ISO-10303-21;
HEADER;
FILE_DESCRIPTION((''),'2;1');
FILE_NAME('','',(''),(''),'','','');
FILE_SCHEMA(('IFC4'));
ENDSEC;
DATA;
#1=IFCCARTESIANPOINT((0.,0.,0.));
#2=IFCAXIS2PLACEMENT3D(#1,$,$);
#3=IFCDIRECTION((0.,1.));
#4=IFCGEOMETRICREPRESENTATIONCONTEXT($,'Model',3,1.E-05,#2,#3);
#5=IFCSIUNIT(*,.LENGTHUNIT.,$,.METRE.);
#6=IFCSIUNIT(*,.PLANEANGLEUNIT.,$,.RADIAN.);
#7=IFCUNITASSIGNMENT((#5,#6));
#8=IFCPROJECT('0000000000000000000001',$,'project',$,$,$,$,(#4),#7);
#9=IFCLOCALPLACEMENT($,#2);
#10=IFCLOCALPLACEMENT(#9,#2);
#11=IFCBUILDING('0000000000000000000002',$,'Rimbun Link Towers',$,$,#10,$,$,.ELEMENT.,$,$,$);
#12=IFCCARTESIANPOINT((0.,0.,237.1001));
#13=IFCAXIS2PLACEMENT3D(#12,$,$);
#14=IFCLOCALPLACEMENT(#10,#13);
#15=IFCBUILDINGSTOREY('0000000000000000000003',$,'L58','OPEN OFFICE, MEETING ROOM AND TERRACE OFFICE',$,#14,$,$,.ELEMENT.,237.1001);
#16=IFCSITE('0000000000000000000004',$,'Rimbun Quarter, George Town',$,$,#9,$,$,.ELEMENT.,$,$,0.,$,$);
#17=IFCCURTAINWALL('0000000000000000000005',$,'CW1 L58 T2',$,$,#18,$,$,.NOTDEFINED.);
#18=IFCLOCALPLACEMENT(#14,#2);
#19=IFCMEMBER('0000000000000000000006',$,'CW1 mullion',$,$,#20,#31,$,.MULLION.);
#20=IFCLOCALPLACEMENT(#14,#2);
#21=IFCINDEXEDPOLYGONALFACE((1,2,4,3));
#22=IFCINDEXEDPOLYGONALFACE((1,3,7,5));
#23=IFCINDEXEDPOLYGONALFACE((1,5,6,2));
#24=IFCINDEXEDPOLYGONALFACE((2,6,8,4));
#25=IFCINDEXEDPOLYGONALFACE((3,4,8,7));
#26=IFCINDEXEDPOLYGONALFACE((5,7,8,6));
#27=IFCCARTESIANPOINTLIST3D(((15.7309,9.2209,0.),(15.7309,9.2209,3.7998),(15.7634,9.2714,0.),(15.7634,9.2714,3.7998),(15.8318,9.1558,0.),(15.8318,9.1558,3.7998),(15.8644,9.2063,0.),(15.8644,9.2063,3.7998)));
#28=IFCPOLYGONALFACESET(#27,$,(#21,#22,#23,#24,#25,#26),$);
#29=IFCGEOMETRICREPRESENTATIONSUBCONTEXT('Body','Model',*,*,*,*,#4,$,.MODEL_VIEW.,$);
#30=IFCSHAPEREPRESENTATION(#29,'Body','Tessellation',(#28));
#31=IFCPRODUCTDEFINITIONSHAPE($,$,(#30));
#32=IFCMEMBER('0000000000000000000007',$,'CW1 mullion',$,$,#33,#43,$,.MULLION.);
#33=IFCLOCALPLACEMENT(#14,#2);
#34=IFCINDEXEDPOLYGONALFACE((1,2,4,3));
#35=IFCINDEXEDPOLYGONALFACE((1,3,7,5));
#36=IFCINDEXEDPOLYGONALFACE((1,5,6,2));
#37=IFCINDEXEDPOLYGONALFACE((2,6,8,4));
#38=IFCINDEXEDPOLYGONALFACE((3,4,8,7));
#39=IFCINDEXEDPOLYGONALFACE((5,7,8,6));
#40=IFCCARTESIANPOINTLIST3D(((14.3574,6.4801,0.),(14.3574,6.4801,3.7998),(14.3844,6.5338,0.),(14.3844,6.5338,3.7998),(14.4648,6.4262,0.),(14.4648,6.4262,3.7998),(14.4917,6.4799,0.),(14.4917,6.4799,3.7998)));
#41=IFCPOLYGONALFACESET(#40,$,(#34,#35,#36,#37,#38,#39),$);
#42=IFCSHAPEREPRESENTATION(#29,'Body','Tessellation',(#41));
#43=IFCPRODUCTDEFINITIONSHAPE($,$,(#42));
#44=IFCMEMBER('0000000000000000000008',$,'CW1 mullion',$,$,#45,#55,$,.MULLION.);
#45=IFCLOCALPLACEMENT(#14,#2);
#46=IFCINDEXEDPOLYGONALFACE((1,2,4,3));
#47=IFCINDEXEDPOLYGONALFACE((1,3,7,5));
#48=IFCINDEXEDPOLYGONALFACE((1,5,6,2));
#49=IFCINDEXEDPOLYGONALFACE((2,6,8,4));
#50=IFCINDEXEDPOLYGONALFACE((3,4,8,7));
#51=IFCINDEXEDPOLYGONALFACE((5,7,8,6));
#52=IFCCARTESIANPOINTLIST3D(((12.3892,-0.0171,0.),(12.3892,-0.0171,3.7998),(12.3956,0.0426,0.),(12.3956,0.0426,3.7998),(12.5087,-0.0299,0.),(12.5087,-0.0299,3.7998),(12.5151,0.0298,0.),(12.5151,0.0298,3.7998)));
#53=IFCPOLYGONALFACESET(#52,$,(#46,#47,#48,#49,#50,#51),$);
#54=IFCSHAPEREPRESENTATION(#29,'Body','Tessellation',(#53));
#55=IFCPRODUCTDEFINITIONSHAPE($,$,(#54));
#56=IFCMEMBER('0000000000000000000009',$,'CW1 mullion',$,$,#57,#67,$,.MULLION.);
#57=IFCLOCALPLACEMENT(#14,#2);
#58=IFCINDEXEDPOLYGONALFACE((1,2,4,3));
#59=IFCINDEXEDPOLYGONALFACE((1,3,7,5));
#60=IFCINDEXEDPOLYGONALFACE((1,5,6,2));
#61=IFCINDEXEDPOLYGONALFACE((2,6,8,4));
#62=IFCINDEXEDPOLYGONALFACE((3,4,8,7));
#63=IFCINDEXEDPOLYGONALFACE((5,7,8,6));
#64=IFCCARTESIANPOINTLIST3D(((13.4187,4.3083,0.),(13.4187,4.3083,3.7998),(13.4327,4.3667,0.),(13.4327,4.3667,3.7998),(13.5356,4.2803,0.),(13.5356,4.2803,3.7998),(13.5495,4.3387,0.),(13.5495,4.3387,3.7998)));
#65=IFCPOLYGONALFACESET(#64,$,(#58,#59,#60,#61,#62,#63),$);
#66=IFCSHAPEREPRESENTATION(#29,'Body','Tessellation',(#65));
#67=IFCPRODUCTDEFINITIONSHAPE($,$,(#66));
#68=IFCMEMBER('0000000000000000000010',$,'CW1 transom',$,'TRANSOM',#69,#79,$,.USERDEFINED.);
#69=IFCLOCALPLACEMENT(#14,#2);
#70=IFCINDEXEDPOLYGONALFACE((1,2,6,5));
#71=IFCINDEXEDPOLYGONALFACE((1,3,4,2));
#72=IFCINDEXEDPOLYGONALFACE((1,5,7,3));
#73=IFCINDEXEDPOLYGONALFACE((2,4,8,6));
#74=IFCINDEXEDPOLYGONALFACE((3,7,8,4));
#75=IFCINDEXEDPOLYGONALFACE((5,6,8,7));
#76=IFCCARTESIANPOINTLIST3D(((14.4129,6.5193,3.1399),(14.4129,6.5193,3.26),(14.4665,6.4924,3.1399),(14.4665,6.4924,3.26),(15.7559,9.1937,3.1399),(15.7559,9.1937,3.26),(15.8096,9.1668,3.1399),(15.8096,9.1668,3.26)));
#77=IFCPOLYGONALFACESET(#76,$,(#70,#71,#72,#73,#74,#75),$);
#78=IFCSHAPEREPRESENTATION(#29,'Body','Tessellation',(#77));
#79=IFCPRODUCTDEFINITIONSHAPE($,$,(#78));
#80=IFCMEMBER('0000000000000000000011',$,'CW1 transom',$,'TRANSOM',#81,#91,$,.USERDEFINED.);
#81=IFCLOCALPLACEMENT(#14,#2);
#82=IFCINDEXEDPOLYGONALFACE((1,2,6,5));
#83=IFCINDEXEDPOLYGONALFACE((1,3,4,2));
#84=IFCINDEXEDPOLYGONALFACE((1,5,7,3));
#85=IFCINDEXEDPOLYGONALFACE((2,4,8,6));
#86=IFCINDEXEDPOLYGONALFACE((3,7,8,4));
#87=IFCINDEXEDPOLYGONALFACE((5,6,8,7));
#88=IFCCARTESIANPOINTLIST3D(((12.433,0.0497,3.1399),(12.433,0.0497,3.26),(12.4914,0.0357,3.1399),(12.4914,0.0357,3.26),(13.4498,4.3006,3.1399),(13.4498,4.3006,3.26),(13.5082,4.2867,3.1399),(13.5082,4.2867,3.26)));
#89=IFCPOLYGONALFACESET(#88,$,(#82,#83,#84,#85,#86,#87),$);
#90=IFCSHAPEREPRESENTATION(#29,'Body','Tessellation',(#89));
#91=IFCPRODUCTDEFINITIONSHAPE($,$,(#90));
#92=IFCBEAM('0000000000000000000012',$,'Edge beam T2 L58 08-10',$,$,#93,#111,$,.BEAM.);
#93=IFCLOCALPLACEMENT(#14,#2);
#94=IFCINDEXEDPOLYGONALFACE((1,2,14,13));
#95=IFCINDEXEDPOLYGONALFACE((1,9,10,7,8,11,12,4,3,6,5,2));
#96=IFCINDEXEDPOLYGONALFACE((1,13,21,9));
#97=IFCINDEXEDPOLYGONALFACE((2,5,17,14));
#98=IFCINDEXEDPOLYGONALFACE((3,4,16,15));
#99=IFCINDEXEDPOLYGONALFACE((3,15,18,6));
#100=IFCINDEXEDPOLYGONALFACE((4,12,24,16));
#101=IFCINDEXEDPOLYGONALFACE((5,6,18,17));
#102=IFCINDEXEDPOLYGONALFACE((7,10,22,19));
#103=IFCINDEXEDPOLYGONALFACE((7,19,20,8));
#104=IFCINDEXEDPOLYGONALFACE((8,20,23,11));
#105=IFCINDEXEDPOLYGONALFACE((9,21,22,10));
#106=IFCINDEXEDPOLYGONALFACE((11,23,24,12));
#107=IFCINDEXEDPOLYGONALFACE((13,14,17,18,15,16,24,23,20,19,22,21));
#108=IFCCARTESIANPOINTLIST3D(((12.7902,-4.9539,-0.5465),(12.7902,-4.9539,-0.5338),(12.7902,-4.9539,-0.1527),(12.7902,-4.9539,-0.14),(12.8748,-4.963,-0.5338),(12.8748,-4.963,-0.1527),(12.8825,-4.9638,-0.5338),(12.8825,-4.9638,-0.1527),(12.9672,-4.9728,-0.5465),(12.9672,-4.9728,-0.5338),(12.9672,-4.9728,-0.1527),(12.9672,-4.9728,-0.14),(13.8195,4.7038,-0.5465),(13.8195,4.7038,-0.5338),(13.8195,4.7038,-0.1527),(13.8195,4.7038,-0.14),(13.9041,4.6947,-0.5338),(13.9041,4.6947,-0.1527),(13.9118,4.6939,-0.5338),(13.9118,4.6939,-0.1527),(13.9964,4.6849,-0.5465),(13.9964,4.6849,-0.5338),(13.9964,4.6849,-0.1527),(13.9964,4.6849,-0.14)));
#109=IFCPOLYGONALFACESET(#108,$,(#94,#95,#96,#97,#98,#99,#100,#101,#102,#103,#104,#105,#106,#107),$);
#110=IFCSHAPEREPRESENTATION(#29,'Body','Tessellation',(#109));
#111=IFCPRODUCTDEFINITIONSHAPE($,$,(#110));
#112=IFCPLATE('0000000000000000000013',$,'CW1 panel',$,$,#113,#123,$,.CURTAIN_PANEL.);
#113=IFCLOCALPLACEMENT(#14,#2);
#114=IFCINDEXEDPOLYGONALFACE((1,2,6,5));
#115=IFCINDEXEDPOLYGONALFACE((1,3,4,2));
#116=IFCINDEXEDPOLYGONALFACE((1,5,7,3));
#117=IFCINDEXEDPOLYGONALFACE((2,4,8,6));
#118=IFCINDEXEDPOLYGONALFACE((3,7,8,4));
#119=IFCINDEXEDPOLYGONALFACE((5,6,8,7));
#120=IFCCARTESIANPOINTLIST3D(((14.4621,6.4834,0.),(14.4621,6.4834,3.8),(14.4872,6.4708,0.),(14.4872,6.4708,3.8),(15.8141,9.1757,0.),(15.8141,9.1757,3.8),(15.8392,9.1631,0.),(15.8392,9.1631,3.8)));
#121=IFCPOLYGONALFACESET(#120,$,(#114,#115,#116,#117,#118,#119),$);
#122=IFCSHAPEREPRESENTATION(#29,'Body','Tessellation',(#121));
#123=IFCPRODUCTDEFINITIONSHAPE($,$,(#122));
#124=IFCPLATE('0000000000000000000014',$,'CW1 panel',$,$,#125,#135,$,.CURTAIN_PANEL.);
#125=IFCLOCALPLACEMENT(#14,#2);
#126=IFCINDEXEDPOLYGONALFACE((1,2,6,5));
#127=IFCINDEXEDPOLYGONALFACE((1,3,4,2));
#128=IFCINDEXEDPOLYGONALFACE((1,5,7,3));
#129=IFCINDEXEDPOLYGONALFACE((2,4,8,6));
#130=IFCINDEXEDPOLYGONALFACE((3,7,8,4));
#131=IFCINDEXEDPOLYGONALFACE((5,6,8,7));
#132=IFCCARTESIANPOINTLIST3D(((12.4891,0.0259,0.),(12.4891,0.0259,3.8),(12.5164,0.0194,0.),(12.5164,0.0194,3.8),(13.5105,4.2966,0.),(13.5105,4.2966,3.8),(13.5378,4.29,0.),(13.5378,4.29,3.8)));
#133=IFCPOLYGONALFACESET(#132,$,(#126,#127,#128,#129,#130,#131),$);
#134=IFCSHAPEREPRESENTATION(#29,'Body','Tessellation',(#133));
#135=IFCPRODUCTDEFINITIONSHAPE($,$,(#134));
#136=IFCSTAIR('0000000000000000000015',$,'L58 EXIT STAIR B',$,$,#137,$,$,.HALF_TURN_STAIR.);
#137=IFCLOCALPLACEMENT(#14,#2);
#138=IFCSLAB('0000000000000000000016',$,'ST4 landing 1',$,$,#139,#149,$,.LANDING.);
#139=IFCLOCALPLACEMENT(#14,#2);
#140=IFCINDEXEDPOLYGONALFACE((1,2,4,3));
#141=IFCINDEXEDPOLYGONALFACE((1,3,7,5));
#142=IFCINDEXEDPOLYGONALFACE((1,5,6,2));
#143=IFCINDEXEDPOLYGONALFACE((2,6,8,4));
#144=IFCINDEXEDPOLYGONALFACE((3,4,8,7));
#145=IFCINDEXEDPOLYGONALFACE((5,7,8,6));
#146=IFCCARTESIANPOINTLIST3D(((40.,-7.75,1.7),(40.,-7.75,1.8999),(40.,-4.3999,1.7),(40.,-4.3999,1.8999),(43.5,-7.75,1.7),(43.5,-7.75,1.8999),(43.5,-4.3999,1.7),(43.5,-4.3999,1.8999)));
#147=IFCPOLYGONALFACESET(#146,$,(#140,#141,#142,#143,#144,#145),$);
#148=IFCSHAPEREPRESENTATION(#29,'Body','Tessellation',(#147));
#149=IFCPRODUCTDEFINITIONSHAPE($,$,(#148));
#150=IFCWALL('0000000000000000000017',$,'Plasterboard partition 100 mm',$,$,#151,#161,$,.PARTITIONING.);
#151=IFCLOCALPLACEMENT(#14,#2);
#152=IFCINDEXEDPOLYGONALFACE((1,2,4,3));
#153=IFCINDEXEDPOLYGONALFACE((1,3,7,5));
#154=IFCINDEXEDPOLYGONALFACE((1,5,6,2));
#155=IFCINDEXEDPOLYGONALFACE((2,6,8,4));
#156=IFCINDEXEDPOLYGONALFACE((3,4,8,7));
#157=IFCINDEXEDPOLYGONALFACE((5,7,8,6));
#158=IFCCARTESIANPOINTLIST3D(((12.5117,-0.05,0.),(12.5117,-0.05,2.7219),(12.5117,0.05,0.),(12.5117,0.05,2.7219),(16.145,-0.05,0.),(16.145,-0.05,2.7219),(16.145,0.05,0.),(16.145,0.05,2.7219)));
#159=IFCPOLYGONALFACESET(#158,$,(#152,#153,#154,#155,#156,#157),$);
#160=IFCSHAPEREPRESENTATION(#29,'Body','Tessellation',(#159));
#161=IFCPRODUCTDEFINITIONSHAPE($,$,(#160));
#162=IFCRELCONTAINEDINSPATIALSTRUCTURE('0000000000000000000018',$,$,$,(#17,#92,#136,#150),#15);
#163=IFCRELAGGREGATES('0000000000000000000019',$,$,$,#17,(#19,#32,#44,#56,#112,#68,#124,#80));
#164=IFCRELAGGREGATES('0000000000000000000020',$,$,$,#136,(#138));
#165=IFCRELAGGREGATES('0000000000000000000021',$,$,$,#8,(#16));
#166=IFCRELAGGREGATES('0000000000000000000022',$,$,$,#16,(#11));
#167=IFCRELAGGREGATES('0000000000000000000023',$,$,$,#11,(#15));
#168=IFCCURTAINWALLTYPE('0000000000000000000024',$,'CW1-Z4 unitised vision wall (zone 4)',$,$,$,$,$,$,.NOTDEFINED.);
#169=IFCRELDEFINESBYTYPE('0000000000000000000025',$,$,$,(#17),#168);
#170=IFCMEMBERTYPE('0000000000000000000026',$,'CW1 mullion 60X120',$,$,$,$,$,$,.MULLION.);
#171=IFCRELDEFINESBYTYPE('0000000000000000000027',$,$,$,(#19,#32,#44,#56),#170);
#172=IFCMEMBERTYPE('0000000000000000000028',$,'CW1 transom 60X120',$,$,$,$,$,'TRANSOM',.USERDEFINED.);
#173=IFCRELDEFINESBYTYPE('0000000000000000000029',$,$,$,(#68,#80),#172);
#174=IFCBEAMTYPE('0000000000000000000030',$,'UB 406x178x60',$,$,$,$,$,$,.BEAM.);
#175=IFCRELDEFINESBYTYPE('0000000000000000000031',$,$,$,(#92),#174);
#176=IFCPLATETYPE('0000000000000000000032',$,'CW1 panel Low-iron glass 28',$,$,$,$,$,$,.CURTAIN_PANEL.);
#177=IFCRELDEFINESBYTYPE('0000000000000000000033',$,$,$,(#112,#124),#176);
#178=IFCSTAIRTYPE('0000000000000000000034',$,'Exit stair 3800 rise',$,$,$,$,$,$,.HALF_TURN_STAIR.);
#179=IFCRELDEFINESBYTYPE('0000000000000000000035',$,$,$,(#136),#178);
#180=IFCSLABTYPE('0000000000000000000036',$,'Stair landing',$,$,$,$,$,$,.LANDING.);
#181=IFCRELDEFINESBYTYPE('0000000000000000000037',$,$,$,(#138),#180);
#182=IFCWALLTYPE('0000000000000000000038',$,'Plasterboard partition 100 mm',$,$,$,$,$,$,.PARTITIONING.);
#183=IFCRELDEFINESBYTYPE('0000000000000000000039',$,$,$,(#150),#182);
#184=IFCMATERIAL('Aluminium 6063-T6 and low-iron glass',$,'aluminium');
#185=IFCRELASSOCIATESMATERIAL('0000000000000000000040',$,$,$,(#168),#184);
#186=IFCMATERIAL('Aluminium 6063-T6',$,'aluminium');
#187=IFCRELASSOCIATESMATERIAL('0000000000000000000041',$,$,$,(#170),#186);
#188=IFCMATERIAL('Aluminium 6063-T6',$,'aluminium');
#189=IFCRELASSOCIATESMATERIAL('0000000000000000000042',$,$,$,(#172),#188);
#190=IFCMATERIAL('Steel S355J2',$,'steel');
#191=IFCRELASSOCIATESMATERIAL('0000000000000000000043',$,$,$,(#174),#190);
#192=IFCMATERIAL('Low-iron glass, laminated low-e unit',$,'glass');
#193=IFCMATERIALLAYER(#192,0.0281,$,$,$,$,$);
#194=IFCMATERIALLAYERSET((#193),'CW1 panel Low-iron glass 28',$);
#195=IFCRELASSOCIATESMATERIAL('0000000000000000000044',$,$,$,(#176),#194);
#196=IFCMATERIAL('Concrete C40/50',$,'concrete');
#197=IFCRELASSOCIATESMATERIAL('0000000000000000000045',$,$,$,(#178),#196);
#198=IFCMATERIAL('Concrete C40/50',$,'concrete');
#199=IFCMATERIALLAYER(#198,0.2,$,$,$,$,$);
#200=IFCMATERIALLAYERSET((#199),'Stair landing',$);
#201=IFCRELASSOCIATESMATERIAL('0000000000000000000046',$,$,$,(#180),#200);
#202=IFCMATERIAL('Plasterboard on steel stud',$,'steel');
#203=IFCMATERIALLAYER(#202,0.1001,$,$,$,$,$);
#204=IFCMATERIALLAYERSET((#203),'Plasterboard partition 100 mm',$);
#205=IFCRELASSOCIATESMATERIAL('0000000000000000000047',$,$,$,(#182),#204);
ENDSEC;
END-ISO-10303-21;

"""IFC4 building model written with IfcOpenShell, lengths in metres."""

from ifc_helpers import new_model, si_unit, direction, frame, frame_2d, origin, origin_2d, place, context, subcontext, project, spatial, polyline, rectangle, i_section, outline, extrude, material, layer, layer_set, material_profile, profile_set, type_object, element, aggregate, save


model = new_model("IFC4")

# Units and contexts
model_context = context("Model", 3, precision=1e-05, world=origin(), true_north=direction((0.0, 1.0)))
body_context = subcontext(model_context, "Body", "Model", "MODEL_VIEW")
ifc_project = project(units=[si_unit("LENGTHUNIT", "METRE"), si_unit("PLANEANGLEUNIT", "RADIAN")], contexts=[model_context])

# Site, building, storey
site_placement = place(None, origin())
site = spatial("IfcSite", under=ifc_project, at=site_placement, Name="Rimbun Quarter, George Town", CompositionType="ELEMENT", RefElevation=0.0)
building_placement = place(site_placement, origin())
building = spatial("IfcBuilding", under=site, at=building_placement, Name="Rimbun Link Towers", CompositionType="ELEMENT")
storey_placement = place(building_placement, frame((0.0, 0.0, 237.1001)))
storey = spatial("IfcBuildingStorey", under=building, at=storey_placement, Name="L58", Description="OPEN OFFICE, MEETING ROOM AND TERRACE OFFICE", CompositionType="ELEMENT", Elevation=237.1001)

# Curtain wall, members
ifc_material_1 = material(Name="Aluminium 6063-T6 and low-iron glass", Category="aluminium")
curtain_wall_type = type_object("IfcCurtainWallType", Name="CW1-Z4 unitised vision wall (zone 4)", PredefinedType="NOTDEFINED", material=ifc_material_1)
curtain_wall_placement = place(storey_placement, origin())
curtain_wall = element("IfcCurtainWall", 1, at=curtain_wall_placement, inside=storey, type_object=curtain_wall_type, Name="CW1 L58 T2", PredefinedType="NOTDEFINED")
ifc_material_2 = material(Name="Aluminium 6063-T6", Category="aluminium")
ifc_material_profile_1 = material_profile(ifc_material_2, rectangle(XDim=0.1201, YDim=0.0601, at=origin_2d()), Name="MULLION 60X120")
ifc_profile_set_1 = profile_set([ifc_material_profile_1], Name="Aluminium 6063-T6")
member_type_1 = type_object("IfcMemberType", Name="CW1 mullion 60X120", PredefinedType="MULLION", material=ifc_profile_set_1)
member_1_placement = place(storey_placement, frame((15.7976, 9.2136, 0.0), z_axis=(0.0, 0.0, 1.0), x_axis=(-0.840317, 0.542095, 0.0)))
member_1 = element("IfcMember", 2, at=member_1_placement, type_object=member_type_1, Name="CW1 mullion", PredefinedType="MULLION", context=body_context, shape_type="SweptSolid", body=[
    extrude(rectangle(XDim=0.1201, YDim=0.0601, at=origin_2d()), origin(), (0.0, 0.0, 1.0), 3.7998),
])
member_2_placement = place(storey_placement, frame((14.4246, 6.48, 0.0), z_axis=(0.0, 0.0, 1.0), x_axis=(-0.893643, 0.448779, 0.0)))
member_2 = element("IfcMember", 3, at=member_2_placement, type_object=member_type_1, Name="CW1 mullion", PredefinedType="MULLION", context=body_context, shape_type="SweptSolid", body=[
    extrude(rectangle(XDim=0.1201, YDim=0.0601, at=origin_2d()), origin(), (0.0, 0.0, 1.0), 3.7998),
])
member_3_placement = place(storey_placement, frame((12.4521, 0.0063, 0.0), z_axis=(0.0, 0.0, 1.0), x_axis=(-0.994298, 0.10664, 0.0)))
member_3 = element("IfcMember", 4, at=member_3_placement, type_object=member_type_1, Name="CW1 mullion", PredefinedType="MULLION", context=body_context, shape_type="SweptSolid", body=[
    extrude(rectangle(XDim=0.1201, YDim=0.0601, at=origin_2d()), origin(), (0.0, 0.0, 1.0), 3.7998),
])
member_4_placement = place(storey_placement, frame((13.4841, 4.3235, 0.0), z_axis=(0.0, 0.0, 1.0), x_axis=(-0.972572, 0.232603, 0.0)))
member_4 = element("IfcMember", 5, at=member_4_placement, type_object=member_type_1, Name="CW1 mullion", PredefinedType="MULLION", context=body_context, shape_type="SweptSolid", body=[
    extrude(rectangle(XDim=0.1201, YDim=0.0601, at=origin_2d()), origin(), (0.0, 0.0, 1.0), 3.7998),
])
ifc_material_3 = material(Name="Aluminium 6063-T6", Category="aluminium")
ifc_material_profile_2 = material_profile(ifc_material_3, rectangle(XDim=0.0601, YDim=0.1201, at=origin_2d()), Name="TRANSOM 60X120")
ifc_profile_set_2 = profile_set([ifc_material_profile_2], Name="Aluminium 6063-T6")
member_type_2 = type_object("IfcMemberType", Name="CW1 transom 60X120", ElementType="TRANSOM", PredefinedType="USERDEFINED", material=ifc_profile_set_2)
member_5_placement = place(storey_placement, frame((14.4397, 6.5059, 3.2), z_axis=(0.448779, 0.893643, 0.0), x_axis=(-0.893643, 0.448779, 0.0)))
member_5 = element("IfcMember", 6, at=member_5_placement, type_object=member_type_2, Name="CW1 transom", ObjectType="TRANSOM", PredefinedType="USERDEFINED", context=body_context, shape_type="SweptSolid", body=[
    extrude(rectangle(XDim=0.0601, YDim=0.1201, at=origin_2d()), origin(), (0.0, 0.0, 1.0), 2.9927),
])
member_6_placement = place(storey_placement, frame((12.4622, 0.0427, 3.2), z_axis=(0.23264, 0.972563, 0.0), x_axis=(-0.972563, 0.23264, 0.0)))
member_6 = element("IfcMember", 7, at=member_6_placement, type_object=member_type_2, Name="CW1 transom", ObjectType="TRANSOM", PredefinedType="USERDEFINED", context=body_context, shape_type="SweptSolid", body=[
    extrude(rectangle(XDim=0.0601, YDim=0.1201, at=origin_2d()), origin(), (0.0, 0.0, 1.0), 4.3708),
])

# Beam
ifc_material_4 = material(Name="Steel S355J2", Category="steel")
ifc_material_profile_3 = material_profile(ifc_material_4, i_section(OverallWidth=0.178, OverallDepth=0.4065, WebThickness=0.0078, FlangeThickness=0.0127, at=origin_2d()), Name="UB 406x178x60")
ifc_profile_set_3 = profile_set([ifc_material_profile_3], Name="Steel S355J2")
beam_type = type_object("IfcBeamType", Name="UB 406x178x60", PredefinedType="BEAM", material=ifc_profile_set_3)
beam_placement = place(storey_placement, frame((13.908, 4.6943, -0.3433), z_axis=(-0.105977, -0.994369, 0.0), x_axis=(0.994369, -0.105977, 0.0)))
element("IfcBeam", 8, at=beam_placement, inside=storey, type_object=beam_type, Name="Edge beam T2 L58 08-10", PredefinedType="BEAM", context=body_context, shape_type="SweptSolid", body=[
    extrude(i_section(OverallWidth=0.178, OverallDepth=0.4065, WebThickness=0.0078, FlangeThickness=0.0127, at=origin_2d()), origin(), (0.0, 0.0, 1.0), 9.7124),
])

# Plates
ifc_material_5 = material(Name="Low-iron glass, laminated low-e unit", Category="glass")
ifc_layer_1 = layer(ifc_material_5, 0.0281)
ifc_layer_set_1 = layer_set([ifc_layer_1], Name="CW1 panel Low-iron glass 28")
plate_type = type_object("IfcPlateType", Name="CW1 panel Low-iron glass 28", PredefinedType="CURTAIN_PANEL", material=ifc_layer_set_1)
plate_1_placement = place(storey_placement, frame((15.1506, 7.8232, 0.0), z_axis=(0.0, 0.0, 1.0), x_axis=(0.448779, 0.893643, 0.0)))
plate_1 = element("IfcPlate", 9, at=plate_1_placement, type_object=plate_type, Name="CW1 panel", PredefinedType="CURTAIN_PANEL", context=body_context, shape_type="SweptSolid", body=[
    extrude(rectangle(XDim=3.0127, YDim=0.0281, at=origin_2d()), origin(), (0.0, 0.0, 1.0), 3.8),
])
plate_2_placement = place(storey_placement, frame((13.0134, 2.158, 0.0), z_axis=(0.0, 0.0, 1.0), x_axis=(0.232603, 0.972572, 0.0)))
plate_2 = element("IfcPlate", 10, at=plate_2_placement, type_object=plate_type, Name="CW1 panel", PredefinedType="CURTAIN_PANEL", context=body_context, shape_type="SweptSolid", body=[
    extrude(rectangle(XDim=4.3911, YDim=0.0281, at=origin_2d()), origin(), (0.0, 0.0, 1.0), 3.8),
])
aggregate(curtain_wall, [member_1, member_2, member_3, member_4, plate_1, member_5, plate_2, member_6])

# Stair, slab
ifc_material_6 = material(Name="Concrete C40/50", Category="concrete")
stair_type = type_object("IfcStairType", Name="Exit stair 3800 rise", PredefinedType="HALF_TURN_STAIR", material=ifc_material_6)
stair_placement = place(storey_placement, origin())
stair = element("IfcStair", 11, at=stair_placement, inside=storey, type_object=stair_type, Name="L58 EXIT STAIR B", PredefinedType="HALF_TURN_STAIR")
ifc_material_7 = material(Name="Concrete C40/50", Category="concrete")
ifc_layer_2 = layer(ifc_material_7, 0.2)
ifc_layer_set_2 = layer_set([ifc_layer_2], Name="Stair landing")
slab_type = type_object("IfcSlabType", Name="Stair landing", PredefinedType="LANDING", material=ifc_layer_set_2)
slab_placement = place(storey_placement, frame((0.0, 0.0, 1.7)))
slab = element("IfcSlab", 12, at=slab_placement, type_object=slab_type, Name="ST4 landing 1", PredefinedType="LANDING", context=body_context, shape_type="SweptSolid", body=[
    extrude(outline(polyline([(40.0, -7.75), (43.5, -7.75), (43.5, -4.3999), (40.0, -4.3999), (40.0, -7.75)])), origin(), (0.0, 0.0, 1.0), 0.2),
])
aggregate(stair, [slab])

# Wall
ifc_material_8 = material(Name="Plasterboard on steel stud", Category="steel")
ifc_layer_3 = layer(ifc_material_8, 0.1001)
ifc_layer_set_3 = layer_set([ifc_layer_3], Name="Plasterboard partition 100 mm")
wall_type = type_object("IfcWallType", Name="Plasterboard partition 100 mm", PredefinedType="PARTITIONING", material=ifc_layer_set_3)
wall_placement = place(storey_placement, frame((12.5117, 0.0, 0.0), z_axis=(0.0, 0.0, 1.0), x_axis=(1.0, 0.0, 0.0)))
element("IfcWall", 13, at=wall_placement, inside=storey, type_object=wall_type, Name="Plasterboard partition 100 mm", PredefinedType="PARTITIONING", context=body_context, shape_type="SweptSolid", body=[
    extrude(rectangle(XDim=3.6333, YDim=0.1001, at=frame_2d((1.8167, 0.0))), origin(), (0.0, 0.0, 1.0), 2.7219),
])

save(model, "model.ifc")
